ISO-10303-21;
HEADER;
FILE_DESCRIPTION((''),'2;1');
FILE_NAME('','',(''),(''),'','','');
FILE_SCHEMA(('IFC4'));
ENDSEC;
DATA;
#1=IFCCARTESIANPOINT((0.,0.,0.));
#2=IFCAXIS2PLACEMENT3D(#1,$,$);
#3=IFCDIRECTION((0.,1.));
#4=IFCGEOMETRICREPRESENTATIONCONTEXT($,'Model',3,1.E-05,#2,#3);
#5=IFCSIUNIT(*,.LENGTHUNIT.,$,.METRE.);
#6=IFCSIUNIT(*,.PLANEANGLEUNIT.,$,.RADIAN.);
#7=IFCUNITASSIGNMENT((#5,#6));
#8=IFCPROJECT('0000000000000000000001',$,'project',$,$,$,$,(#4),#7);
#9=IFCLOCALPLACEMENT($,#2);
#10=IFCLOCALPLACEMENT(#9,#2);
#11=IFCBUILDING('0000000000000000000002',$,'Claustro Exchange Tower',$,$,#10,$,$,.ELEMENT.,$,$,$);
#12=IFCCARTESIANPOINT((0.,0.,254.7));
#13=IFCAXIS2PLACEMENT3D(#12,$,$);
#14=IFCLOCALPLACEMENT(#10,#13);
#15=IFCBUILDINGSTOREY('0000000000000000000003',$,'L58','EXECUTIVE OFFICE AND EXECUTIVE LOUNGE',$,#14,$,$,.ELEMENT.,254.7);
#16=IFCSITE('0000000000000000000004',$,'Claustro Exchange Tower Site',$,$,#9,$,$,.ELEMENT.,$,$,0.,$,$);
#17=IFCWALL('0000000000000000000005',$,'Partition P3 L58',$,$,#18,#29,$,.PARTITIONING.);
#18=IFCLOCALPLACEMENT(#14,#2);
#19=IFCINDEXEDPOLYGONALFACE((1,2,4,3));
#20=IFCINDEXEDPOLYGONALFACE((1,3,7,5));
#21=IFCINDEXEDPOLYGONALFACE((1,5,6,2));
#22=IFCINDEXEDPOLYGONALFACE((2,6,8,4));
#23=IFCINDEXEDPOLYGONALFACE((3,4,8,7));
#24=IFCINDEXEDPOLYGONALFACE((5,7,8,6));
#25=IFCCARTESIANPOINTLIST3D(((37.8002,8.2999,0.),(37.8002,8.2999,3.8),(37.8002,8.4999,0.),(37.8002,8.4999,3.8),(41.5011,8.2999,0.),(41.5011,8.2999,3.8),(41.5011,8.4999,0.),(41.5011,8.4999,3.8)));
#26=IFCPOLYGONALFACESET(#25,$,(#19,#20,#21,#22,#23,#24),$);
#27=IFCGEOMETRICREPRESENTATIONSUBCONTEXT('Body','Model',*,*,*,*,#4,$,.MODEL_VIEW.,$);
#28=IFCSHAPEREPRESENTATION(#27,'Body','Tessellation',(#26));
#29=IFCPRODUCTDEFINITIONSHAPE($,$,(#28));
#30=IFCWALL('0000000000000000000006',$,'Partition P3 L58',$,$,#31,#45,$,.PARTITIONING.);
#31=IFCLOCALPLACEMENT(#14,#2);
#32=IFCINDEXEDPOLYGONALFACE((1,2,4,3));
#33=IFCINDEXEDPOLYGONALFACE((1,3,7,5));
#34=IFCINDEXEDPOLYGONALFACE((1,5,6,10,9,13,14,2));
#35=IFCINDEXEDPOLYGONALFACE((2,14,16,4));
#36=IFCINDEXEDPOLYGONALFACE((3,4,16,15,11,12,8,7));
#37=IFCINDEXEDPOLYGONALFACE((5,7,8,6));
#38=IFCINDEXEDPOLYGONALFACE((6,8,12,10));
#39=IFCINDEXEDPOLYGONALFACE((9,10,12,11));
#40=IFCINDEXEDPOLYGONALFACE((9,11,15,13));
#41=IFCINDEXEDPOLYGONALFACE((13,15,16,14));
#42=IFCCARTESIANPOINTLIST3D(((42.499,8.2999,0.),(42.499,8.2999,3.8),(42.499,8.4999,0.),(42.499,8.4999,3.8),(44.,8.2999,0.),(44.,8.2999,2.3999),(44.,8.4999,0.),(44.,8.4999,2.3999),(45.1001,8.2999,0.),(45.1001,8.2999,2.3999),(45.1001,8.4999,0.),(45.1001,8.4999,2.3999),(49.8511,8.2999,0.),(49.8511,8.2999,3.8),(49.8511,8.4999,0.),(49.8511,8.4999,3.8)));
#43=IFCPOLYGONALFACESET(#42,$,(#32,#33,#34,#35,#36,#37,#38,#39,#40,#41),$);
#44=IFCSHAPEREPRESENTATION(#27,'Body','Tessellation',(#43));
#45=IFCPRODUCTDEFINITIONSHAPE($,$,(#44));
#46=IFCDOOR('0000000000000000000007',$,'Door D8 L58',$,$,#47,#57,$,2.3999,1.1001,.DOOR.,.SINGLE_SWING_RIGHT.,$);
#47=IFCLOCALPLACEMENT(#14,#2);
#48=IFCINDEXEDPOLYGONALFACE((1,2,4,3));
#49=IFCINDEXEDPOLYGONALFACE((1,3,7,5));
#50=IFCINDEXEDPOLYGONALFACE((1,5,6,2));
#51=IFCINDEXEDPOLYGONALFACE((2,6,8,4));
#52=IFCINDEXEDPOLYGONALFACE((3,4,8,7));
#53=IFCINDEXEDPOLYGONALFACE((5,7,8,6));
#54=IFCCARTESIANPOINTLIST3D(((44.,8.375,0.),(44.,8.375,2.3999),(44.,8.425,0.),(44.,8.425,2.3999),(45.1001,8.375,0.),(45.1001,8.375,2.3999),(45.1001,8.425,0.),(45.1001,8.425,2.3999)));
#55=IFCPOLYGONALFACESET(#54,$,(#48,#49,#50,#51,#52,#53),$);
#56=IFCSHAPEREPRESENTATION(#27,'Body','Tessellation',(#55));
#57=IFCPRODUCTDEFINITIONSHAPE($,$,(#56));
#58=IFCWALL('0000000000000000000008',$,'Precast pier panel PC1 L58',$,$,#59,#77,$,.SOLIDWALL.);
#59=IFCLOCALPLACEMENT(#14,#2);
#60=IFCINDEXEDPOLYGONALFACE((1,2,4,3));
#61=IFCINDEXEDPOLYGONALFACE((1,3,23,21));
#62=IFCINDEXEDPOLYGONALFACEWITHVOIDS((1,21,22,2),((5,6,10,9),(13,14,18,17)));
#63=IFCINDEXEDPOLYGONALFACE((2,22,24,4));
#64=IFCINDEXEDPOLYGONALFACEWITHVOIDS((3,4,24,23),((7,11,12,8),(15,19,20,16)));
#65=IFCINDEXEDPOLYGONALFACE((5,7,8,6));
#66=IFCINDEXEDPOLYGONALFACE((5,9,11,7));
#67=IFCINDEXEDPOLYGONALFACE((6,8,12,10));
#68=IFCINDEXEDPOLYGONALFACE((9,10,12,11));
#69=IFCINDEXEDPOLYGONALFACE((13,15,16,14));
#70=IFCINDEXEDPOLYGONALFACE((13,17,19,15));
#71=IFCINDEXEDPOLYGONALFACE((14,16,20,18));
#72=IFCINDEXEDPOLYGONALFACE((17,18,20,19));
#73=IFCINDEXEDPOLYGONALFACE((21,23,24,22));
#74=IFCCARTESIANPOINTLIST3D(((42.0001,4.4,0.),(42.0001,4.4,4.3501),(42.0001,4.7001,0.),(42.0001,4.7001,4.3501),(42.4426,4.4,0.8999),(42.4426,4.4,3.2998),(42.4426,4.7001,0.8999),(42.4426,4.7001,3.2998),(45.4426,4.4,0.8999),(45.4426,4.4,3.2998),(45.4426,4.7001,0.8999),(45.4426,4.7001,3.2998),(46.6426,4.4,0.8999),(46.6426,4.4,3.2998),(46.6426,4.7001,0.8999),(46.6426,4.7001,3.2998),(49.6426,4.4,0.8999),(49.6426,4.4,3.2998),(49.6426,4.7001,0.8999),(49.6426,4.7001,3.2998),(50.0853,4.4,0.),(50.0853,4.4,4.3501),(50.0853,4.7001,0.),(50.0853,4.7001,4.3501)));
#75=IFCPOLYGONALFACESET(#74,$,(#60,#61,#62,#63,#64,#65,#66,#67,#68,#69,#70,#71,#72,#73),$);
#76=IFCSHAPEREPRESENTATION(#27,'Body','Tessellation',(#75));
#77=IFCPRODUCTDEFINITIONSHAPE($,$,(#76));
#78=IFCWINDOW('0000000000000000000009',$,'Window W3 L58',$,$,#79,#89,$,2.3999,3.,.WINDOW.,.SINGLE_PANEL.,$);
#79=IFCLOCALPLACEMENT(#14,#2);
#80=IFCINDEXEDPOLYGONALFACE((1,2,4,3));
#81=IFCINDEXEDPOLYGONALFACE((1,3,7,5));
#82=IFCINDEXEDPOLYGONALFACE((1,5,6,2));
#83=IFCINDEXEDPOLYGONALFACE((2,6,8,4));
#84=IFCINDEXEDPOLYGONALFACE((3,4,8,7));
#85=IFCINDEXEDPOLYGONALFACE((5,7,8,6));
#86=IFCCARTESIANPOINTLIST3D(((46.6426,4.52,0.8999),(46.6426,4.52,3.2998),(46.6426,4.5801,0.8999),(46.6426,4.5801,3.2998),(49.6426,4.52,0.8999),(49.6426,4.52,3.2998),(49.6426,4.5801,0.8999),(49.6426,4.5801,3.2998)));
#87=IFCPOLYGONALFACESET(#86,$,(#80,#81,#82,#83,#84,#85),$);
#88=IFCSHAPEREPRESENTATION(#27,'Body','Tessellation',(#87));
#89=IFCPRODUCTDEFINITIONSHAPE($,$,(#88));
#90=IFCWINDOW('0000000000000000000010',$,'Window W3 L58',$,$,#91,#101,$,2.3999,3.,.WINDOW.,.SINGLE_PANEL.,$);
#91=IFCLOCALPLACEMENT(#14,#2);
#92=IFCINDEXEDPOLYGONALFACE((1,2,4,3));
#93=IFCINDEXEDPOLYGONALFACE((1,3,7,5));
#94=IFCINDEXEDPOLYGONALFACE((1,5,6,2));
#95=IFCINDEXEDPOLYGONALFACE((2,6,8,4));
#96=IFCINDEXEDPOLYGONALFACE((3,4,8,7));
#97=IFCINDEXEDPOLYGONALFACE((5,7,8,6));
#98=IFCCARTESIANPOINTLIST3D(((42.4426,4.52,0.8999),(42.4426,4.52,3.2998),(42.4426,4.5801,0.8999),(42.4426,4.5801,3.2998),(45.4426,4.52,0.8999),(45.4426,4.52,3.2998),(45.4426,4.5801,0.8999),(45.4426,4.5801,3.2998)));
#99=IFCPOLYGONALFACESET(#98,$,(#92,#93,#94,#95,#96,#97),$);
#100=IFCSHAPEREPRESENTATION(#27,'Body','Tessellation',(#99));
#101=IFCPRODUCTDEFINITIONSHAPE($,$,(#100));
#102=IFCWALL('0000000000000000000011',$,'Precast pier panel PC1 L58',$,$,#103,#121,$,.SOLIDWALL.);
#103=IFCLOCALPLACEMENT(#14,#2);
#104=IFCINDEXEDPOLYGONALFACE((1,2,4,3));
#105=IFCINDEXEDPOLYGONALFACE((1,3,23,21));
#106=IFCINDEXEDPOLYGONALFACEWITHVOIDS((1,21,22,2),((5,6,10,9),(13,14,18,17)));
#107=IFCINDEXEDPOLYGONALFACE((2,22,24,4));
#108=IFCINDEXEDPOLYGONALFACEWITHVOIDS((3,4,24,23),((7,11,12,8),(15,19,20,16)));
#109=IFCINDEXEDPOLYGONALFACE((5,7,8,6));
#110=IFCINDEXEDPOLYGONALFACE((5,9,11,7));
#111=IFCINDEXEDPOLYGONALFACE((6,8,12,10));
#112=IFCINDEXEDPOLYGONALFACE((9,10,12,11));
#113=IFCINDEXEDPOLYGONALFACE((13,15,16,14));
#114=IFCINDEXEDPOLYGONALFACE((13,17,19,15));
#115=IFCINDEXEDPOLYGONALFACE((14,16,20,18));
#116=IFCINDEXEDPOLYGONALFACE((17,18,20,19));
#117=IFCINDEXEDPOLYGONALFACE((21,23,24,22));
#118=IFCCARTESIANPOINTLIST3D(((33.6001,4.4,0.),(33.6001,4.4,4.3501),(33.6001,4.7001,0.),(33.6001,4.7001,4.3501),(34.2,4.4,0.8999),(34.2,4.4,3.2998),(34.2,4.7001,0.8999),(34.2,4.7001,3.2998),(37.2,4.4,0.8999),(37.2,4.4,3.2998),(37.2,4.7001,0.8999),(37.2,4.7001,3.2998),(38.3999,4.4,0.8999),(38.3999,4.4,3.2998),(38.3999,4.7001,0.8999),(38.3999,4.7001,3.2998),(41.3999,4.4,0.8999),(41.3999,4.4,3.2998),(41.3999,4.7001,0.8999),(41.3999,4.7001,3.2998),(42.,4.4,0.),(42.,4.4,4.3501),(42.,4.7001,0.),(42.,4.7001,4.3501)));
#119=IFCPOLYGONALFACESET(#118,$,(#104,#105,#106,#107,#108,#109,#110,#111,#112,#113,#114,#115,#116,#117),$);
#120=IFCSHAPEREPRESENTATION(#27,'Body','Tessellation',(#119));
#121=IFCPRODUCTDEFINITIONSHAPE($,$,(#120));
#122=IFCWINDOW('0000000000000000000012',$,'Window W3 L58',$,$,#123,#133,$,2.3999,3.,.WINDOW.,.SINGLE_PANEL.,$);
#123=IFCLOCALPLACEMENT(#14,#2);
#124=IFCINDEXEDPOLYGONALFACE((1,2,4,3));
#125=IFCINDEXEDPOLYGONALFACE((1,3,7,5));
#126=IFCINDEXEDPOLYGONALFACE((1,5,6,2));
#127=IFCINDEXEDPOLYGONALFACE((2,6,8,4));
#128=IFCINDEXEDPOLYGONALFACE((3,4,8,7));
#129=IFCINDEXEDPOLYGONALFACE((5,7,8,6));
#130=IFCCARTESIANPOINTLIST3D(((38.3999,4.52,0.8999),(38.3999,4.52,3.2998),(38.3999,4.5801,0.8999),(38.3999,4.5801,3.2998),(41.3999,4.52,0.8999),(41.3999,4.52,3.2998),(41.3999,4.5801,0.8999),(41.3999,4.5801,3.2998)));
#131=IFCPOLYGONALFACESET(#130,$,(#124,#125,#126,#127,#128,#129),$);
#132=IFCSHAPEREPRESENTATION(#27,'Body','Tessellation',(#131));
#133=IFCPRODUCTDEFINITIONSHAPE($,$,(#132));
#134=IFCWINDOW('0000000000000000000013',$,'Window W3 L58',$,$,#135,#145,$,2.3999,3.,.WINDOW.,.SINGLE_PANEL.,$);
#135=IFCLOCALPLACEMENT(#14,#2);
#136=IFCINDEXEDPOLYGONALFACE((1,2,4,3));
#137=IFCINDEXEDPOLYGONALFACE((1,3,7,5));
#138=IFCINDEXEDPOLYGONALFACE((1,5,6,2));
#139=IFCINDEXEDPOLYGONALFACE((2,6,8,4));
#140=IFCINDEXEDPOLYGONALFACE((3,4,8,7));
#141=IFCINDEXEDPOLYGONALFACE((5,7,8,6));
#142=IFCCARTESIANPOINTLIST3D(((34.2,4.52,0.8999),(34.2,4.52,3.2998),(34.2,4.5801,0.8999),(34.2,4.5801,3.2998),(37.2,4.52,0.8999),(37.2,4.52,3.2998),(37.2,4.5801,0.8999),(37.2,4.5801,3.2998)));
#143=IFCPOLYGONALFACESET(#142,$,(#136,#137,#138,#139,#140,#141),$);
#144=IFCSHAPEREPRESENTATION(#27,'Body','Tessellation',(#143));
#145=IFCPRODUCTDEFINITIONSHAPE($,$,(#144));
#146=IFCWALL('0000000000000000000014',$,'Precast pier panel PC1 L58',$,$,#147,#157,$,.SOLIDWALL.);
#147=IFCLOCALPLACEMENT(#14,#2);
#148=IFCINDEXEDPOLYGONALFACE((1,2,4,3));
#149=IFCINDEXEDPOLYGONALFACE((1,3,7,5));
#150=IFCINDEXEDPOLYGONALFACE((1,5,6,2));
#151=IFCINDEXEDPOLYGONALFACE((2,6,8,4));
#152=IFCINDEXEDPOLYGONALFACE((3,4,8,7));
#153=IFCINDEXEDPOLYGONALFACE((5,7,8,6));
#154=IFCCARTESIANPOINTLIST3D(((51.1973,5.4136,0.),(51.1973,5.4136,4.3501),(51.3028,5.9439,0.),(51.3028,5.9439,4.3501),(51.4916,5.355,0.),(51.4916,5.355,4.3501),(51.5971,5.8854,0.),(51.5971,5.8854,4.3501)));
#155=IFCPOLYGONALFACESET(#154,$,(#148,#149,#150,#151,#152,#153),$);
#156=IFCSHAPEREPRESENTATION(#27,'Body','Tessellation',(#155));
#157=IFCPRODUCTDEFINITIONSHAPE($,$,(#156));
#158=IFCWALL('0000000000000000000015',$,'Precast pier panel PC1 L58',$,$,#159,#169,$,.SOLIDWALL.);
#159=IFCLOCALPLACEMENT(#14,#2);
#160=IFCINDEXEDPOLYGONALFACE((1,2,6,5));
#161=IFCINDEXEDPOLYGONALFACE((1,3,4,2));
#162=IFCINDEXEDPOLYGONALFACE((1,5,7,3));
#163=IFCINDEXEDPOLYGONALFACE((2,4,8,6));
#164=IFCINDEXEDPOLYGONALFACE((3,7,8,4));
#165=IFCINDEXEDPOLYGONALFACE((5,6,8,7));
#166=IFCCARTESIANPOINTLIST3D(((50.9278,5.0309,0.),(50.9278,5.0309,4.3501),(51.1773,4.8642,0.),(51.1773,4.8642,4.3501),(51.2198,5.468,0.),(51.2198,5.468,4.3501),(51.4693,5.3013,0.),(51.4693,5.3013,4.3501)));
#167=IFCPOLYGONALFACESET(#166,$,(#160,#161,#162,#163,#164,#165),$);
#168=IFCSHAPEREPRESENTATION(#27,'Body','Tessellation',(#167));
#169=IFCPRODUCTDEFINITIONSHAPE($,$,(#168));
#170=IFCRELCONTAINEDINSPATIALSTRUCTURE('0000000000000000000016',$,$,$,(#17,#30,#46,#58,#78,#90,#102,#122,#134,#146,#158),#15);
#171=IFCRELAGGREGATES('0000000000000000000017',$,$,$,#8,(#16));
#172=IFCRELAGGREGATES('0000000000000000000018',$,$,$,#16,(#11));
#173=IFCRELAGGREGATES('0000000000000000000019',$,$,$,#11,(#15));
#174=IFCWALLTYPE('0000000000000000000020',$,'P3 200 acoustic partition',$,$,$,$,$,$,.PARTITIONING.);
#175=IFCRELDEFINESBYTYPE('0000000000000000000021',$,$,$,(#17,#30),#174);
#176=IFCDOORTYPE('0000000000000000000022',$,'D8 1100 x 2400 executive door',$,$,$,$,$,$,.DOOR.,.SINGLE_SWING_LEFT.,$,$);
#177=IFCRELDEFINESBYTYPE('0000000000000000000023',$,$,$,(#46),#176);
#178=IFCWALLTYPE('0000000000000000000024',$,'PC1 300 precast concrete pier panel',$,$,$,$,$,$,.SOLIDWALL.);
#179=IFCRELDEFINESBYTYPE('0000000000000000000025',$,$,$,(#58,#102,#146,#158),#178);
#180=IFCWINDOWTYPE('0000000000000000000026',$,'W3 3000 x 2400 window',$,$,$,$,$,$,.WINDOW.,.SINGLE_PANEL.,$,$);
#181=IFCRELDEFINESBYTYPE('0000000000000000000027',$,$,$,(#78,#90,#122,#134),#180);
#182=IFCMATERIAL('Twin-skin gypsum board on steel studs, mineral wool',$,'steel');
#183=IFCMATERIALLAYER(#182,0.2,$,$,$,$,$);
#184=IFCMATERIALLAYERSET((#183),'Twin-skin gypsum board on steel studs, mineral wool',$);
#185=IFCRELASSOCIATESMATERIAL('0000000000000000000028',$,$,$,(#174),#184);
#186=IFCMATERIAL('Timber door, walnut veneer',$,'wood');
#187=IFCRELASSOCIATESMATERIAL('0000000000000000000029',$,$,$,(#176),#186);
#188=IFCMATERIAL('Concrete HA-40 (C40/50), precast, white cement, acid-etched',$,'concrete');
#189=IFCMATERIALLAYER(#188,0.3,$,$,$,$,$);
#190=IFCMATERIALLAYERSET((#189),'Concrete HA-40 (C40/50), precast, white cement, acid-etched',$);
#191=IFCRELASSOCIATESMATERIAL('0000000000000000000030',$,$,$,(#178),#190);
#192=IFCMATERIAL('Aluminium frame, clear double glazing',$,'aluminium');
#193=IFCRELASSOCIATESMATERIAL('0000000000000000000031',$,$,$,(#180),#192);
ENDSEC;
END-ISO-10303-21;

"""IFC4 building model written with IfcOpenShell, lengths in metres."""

from ifc_helpers import new_model, si_unit, direction, frame, frame_2d, origin, place, context, subcontext, project, spatial, rectangle, extrude, material, layer, layer_set, type_object, element, fill, save


model = new_model("IFC4")

# Units and contexts
model_context = context("Model", 3, precision=1e-05, world=origin(), true_north=direction((0.0, 1.0)))
body_context = subcontext(model_context, "Body", "Model", "MODEL_VIEW")
ifc_project = project(units=[si_unit("LENGTHUNIT", "METRE"), si_unit("PLANEANGLEUNIT", "RADIAN")], contexts=[model_context])

# Site, building, storey
site_placement = place(None, origin())
site = spatial("IfcSite", under=ifc_project, at=site_placement, Name="Claustro Exchange Tower Site", CompositionType="ELEMENT", RefElevation=0.0)
building_placement = place(site_placement, origin())
building = spatial("IfcBuilding", under=site, at=building_placement, Name="Claustro Exchange Tower", CompositionType="ELEMENT")
storey_placement = place(building_placement, frame((0.0, 0.0, 254.7)))
storey = spatial("IfcBuildingStorey", under=building, at=storey_placement, Name="L58", Description="EXECUTIVE OFFICE AND EXECUTIVE LOUNGE", CompositionType="ELEMENT", Elevation=254.7)

# Wall
ifc_material_1 = material(Name="Twin-skin gypsum board on steel studs, mineral wool", Category="steel")
ifc_layer_1 = layer(ifc_material_1, 0.2)
ifc_layer_set_1 = layer_set([ifc_layer_1], Name="Twin-skin gypsum board on steel studs, mineral wool")
wall_type_1 = type_object("IfcWallType", Name="P3 200 acoustic partition", PredefinedType="PARTITIONING", material=ifc_layer_set_1)
wall_1_placement = place(storey_placement, frame((37.8, 8.3999, 0.0), z_axis=(0.0, 0.0, 1.0), x_axis=(1.0, 0.0, 0.0)))
element("IfcWall", 1, at=wall_1_placement, inside=storey, type_object=wall_type_1, Name="Partition P3 L58", PredefinedType="PARTITIONING", context=body_context, shape_type="SweptSolid", body=[
    extrude(rectangle(XDim=3.7009, YDim=0.2, at=frame_2d((1.8506, 0.0))), origin(), (0.0, 0.0, 1.0), 3.8),
])

# Wall, opening, door
wall_2_placement = place(storey_placement, frame((42.499, 8.3999, 0.0), z_axis=(0.0, 0.0, 1.0), x_axis=(1.0, 0.0, 0.0)))
wall_2 = element("IfcWall", 2, at=wall_2_placement, inside=storey, type_object=wall_type_1, Name="Partition P3 L58", PredefinedType="PARTITIONING", context=body_context, shape_type="SweptSolid", body=[
    extrude(rectangle(XDim=7.3521, YDim=0.2, at=frame_2d((3.676, 0.0))), origin(), (0.0, 0.0, 1.0), 3.8),
])
opening_1_placement = place(wall_2_placement, frame((1.501, 0.0, 0.0)))
opening_1 = element("IfcOpeningElement", 3, at=opening_1_placement, cuts=wall_2, PredefinedType="OPENING", context=body_context, shape_type="SweptSolid", body=[
    extrude(rectangle(XDim=1.1001, YDim=2.3999, at=frame_2d((0.55, 1.2))), frame((0.0, 0.1099, 0.0), z_axis=(0.0, -1.0, 0.0), x_axis=(1.0, 0.0, 0.0)), (0.0, 0.0, 1.0), 0.22),
])
ifc_material_2 = material(Name="Timber door, walnut veneer", Category="wood")
door_type = type_object("IfcDoorType", Name="D8 1100 x 2400 executive door", OperationType="SINGLE_SWING_LEFT", PredefinedType="DOOR", material=ifc_material_2)
door_placement = place(opening_1_placement, frame((1.1001, 0.0, 0.0), z_axis=(0.0, 0.0, 1.0), x_axis=(-1.0, 0.0, 0.0)))
door = element("IfcDoor", 4, at=door_placement, inside=storey, type_object=door_type, Name="Door D8 L58", OperationType="SINGLE_SWING_RIGHT", OverallHeight=2.3999, OverallWidth=1.1001, PredefinedType="DOOR", context=body_context, shape_type="SweptSolid", body=[
    extrude(rectangle(XDim=1.1001, YDim=2.3999, at=frame_2d((0.55, 1.2))), frame((0.0, 0.0249, 0.0), z_axis=(0.0, -1.0, 0.0), x_axis=(1.0, 0.0, 0.0)), (0.0, 0.0, 1.0), 0.05),
])
fill(opening_1, door)

# Walls, openings, windows
ifc_material_3 = material(Name="Concrete HA-40 (C40/50), precast, white cement, acid-etched", Category="concrete")
ifc_layer_2 = layer(ifc_material_3, 0.3)
ifc_layer_set_2 = layer_set([ifc_layer_2], Name="Concrete HA-40 (C40/50), precast, white cement, acid-etched")
wall_type_2 = type_object("IfcWallType", Name="PC1 300 precast concrete pier panel", PredefinedType="SOLIDWALL", material=ifc_layer_set_2)
wall_3_placement = place(storey_placement, frame((50.0852, 4.55, 0.0), z_axis=(0.0, 0.0, 1.0), x_axis=(-1.0, 0.0, 0.0)))
wall_3 = element("IfcWall", 5, at=wall_3_placement, inside=storey, type_object=wall_type_2, Name="Precast pier panel PC1 L58", PredefinedType="SOLIDWALL", context=body_context, shape_type="SweptSolid", body=[
    extrude(rectangle(XDim=8.0852, YDim=0.3, at=frame_2d((4.0425, 0.0))), origin(), (0.0, 0.0, 1.0), 4.3501),
])
opening_2_placement = place(wall_3_placement, frame((0.4426, 0.0, 0.8999)))
opening_2 = element("IfcOpeningElement", 6, at=opening_2_placement, cuts=wall_3, PredefinedType="OPENING", context=body_context, shape_type="SweptSolid", body=[
    extrude(rectangle(XDim=3.0, YDim=2.3999, at=frame_2d((1.5, 1.2))), frame((0.0, 0.1599, 0.0), z_axis=(0.0, -1.0, 0.0), x_axis=(1.0, 0.0, 0.0)), (0.0, 0.0, 1.0), 0.3201),
])
opening_3_placement = place(wall_3_placement, frame((4.6426, 0.0, 0.8999)))
opening_3 = element("IfcOpeningElement", 7, at=opening_3_placement, cuts=wall_3, PredefinedType="OPENING", context=body_context, shape_type="SweptSolid", body=[
    extrude(rectangle(XDim=3.0, YDim=2.3999, at=frame_2d((1.5, 1.2))), frame((0.0, 0.1599, 0.0), z_axis=(0.0, -1.0, 0.0), x_axis=(1.0, 0.0, 0.0)), (0.0, 0.0, 1.0), 0.3201),
])
ifc_material_4 = material(Name="Aluminium frame, clear double glazing", Category="aluminium")
window_type = type_object("IfcWindowType", Name="W3 3000 x 2400 window", PartitioningType="SINGLE_PANEL", PredefinedType="WINDOW", material=ifc_material_4)
window_1_placement = place(opening_2_placement, origin())
window_1 = element("IfcWindow", 8, at=window_1_placement, inside=storey, type_object=window_type, Name="Window W3 L58", OverallHeight=2.3999, OverallWidth=3.0, PartitioningType="SINGLE_PANEL", PredefinedType="WINDOW", context=body_context, shape_type="SweptSolid", body=[
    extrude(rectangle(XDim=3.0, YDim=2.3999, at=frame_2d((1.5, 1.2))), frame((0.0, 0.03, 0.0), z_axis=(0.0, -1.0, 0.0), x_axis=(1.0, 0.0, 0.0)), (0.0, 0.0, 1.0), 0.0601),
])
fill(opening_2, window_1)
window_2_placement = place(opening_3_placement, origin())
window_2 = element("IfcWindow", 9, at=window_2_placement, inside=storey, type_object=window_type, Name="Window W3 L58", OverallHeight=2.3999, OverallWidth=3.0, PartitioningType="SINGLE_PANEL", PredefinedType="WINDOW", context=body_context, shape_type="SweptSolid", body=[
    extrude(rectangle(XDim=3.0, YDim=2.3999, at=frame_2d((1.5, 1.2))), frame((0.0, 0.03, 0.0), z_axis=(0.0, -1.0, 0.0), x_axis=(1.0, 0.0, 0.0)), (0.0, 0.0, 1.0), 0.0601),
])
fill(opening_3, window_2)
wall_4_placement = place(storey_placement, frame((42.0, 4.55, 0.0), z_axis=(0.0, 0.0, 1.0), x_axis=(-1.0, 0.0, 0.0)))
wall_4 = element("IfcWall", 10, at=wall_4_placement, inside=storey, type_object=wall_type_2, Name="Precast pier panel PC1 L58", PredefinedType="SOLIDWALL", context=body_context, shape_type="SweptSolid", body=[
    extrude(rectangle(XDim=8.3999, YDim=0.3, at=frame_2d((4.2, 0.0))), origin(), (0.0, 0.0, 1.0), 4.3501),
])
opening_4_placement = place(wall_4_placement, frame((0.6001, 0.0, 0.8999)))
opening_4 = element("IfcOpeningElement", 11, at=opening_4_placement, cuts=wall_4, PredefinedType="OPENING", context=body_context, shape_type="SweptSolid", body=[
    extrude(rectangle(XDim=3.0, YDim=2.3999, at=frame_2d((1.5, 1.2))), frame((0.0, 0.1599, 0.0), z_axis=(0.0, -1.0, 0.0), x_axis=(1.0, 0.0, 0.0)), (0.0, 0.0, 1.0), 0.3201),
])
opening_5_placement = place(wall_4_placement, frame((4.8, 0.0, 0.8999)))
opening_5 = element("IfcOpeningElement", 12, at=opening_5_placement, cuts=wall_4, PredefinedType="OPENING", context=body_context, shape_type="SweptSolid", body=[
    extrude(rectangle(XDim=3.0, YDim=2.3999, at=frame_2d((1.5, 1.2))), frame((0.0, 0.1599, 0.0), z_axis=(0.0, -1.0, 0.0), x_axis=(1.0, 0.0, 0.0)), (0.0, 0.0, 1.0), 0.3201),
])
window_3_placement = place(opening_4_placement, origin())
window_3 = element("IfcWindow", 13, at=window_3_placement, inside=storey, type_object=window_type, Name="Window W3 L58", OverallHeight=2.3999, OverallWidth=3.0, PartitioningType="SINGLE_PANEL", PredefinedType="WINDOW", context=body_context, shape_type="SweptSolid", body=[
    extrude(rectangle(XDim=3.0, YDim=2.3999, at=frame_2d((1.5, 1.2))), frame((0.0, 0.03, 0.0), z_axis=(0.0, -1.0, 0.0), x_axis=(1.0, 0.0, 0.0)), (0.0, 0.0, 1.0), 0.0601),
])
fill(opening_4, window_3)
window_4_placement = place(opening_5_placement, origin())
window_4 = element("IfcWindow", 14, at=window_4_placement, inside=storey, type_object=window_type, Name="Window W3 L58", OverallHeight=2.3999, OverallWidth=3.0, PartitioningType="SINGLE_PANEL", PredefinedType="WINDOW", context=body_context, shape_type="SweptSolid", body=[
    extrude(rectangle(XDim=3.0, YDim=2.3999, at=frame_2d((1.5, 1.2))), frame((0.0, 0.03, 0.0), z_axis=(0.0, -1.0, 0.0), x_axis=(1.0, 0.0, 0.0)), (0.0, 0.0, 1.0), 0.0601),
])
fill(opening_5, window_4)

# Walls
wall_5_placement = place(storey_placement, frame((51.45, 5.9148, 0.0), z_axis=(0.0, 0.0, 1.0), x_axis=(-0.195074, -0.980789, 0.0)))
element("IfcWall", 15, at=wall_5_placement, inside=storey, type_object=wall_type_2, Name="Precast pier panel PC1 L58", PredefinedType="SOLIDWALL", context=body_context, shape_type="SweptSolid", body=[
    extrude(rectangle(XDim=0.5408, YDim=0.3, at=frame_2d((0.2705, 0.0))), origin(), (0.0, 0.0, 1.0), 4.3501),
])
for number, where, z_axis, x_axis, name in (
    (16, (51.3445, 5.3845, 0.0), (0.0, 0.0, 1.0), (-0.555557, -0.831478, 0.0), "Precast pier panel PC1 L58"),
):
    element("IfcWall", number, at=place(storey_placement, frame(where, z_axis=z_axis, x_axis=x_axis)), inside=storey, type_object=wall_type_2, Name=name, PredefinedType="SOLIDWALL", context=body_context, shape_type="SweptSolid", body=[
        extrude(rectangle(XDim=0.5256, YDim=0.3, at=frame_2d((0.2627, 0.0))), origin(), (0.0, 0.0, 1.0), 4.3501),
    ])

save(model, "model.ifc")
